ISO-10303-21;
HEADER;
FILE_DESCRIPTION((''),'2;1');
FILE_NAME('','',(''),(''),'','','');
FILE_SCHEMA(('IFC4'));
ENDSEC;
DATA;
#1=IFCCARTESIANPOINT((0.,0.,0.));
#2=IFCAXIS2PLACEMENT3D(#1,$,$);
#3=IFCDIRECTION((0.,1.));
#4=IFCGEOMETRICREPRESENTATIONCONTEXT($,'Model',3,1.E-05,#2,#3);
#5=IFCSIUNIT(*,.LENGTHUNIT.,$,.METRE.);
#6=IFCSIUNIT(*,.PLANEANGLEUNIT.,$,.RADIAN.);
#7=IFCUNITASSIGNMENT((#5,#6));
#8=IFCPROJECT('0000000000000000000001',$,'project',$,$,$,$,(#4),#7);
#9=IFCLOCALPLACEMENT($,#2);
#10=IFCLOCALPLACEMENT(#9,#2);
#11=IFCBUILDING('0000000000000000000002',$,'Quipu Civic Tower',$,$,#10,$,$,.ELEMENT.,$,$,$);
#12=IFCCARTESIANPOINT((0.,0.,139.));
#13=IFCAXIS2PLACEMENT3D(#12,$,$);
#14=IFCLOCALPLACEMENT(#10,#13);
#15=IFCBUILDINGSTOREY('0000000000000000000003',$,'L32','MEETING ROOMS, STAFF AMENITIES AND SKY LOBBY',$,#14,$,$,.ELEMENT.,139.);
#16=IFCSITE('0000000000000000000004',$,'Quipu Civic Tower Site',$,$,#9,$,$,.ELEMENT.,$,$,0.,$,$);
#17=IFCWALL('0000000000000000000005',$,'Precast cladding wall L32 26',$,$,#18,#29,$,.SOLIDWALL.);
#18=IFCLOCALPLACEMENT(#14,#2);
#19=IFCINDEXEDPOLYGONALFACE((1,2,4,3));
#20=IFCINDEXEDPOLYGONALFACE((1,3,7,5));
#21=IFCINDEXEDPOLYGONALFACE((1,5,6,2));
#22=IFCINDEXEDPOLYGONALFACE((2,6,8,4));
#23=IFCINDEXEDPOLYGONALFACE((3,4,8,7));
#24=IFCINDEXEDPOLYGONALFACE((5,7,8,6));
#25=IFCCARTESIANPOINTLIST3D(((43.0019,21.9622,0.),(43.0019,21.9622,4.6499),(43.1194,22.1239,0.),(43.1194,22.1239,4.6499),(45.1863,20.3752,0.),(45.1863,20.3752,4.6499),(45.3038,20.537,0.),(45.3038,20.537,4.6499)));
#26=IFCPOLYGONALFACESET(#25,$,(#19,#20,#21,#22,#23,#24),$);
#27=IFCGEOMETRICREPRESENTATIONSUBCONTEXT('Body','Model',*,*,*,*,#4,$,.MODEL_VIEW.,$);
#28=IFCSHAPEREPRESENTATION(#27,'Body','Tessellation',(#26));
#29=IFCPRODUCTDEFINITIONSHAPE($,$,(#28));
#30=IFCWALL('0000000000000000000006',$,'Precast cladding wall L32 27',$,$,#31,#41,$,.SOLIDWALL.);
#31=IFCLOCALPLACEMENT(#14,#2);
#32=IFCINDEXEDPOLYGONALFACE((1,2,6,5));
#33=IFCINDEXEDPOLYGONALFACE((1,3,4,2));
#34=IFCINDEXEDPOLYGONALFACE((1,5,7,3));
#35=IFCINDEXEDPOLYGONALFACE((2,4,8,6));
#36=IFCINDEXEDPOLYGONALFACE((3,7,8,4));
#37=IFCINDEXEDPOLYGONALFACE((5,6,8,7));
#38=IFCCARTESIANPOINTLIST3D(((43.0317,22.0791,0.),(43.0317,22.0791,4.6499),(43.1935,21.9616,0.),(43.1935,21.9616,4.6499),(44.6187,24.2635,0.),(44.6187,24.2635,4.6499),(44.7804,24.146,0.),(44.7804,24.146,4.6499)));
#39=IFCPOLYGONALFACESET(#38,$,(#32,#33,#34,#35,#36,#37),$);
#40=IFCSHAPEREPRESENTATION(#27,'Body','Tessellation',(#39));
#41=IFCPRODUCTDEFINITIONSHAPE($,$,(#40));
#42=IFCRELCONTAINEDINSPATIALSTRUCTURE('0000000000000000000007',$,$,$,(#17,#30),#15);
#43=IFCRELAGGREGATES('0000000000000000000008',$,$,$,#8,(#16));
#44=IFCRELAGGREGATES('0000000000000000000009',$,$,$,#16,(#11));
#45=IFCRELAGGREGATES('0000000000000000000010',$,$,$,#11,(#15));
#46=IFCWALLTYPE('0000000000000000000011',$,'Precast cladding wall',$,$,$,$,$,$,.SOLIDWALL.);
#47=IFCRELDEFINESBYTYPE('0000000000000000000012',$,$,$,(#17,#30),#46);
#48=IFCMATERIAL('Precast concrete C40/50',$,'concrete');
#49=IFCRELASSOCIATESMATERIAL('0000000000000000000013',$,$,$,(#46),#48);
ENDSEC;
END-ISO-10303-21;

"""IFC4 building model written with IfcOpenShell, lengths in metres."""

from ifc_helpers import new_model, si_unit, direction, frame, frame_2d, origin, place, context, subcontext, project, spatial, rectangle, extrude, material, type_object, element, save


model = new_model("IFC4")

# Units and contexts
model_context = context("Model", 3, precision=1e-05, world=origin(), true_north=direction((0.0, 1.0)))
body_context = subcontext(model_context, "Body", "Model", "MODEL_VIEW")
ifc_project = project(units=[si_unit("LENGTHUNIT", "METRE"), si_unit("PLANEANGLEUNIT", "RADIAN")], contexts=[model_context])

# Site, building, storey
site_placement = place(None, origin())
site = spatial("IfcSite", under=ifc_project, at=site_placement, Name="Quipu Civic Tower Site", CompositionType="ELEMENT", RefElevation=0.0)
building_placement = place(site_placement, origin())
building = spatial("IfcBuilding", under=site, at=building_placement, Name="Quipu Civic Tower", CompositionType="ELEMENT")
storey_placement = place(building_placement, frame((0.0, 0.0, 139.0)))
storey = spatial("IfcBuildingStorey", under=building, at=storey_placement, Name="L32", Description="MEETING ROOMS, STAFF AMENITIES AND SKY LOBBY", CompositionType="ELEMENT", Elevation=139.0)

# Walls
ifc_material_1 = material(Name="Precast concrete C40/50", Category="concrete")
wall_type_1 = type_object("IfcWallType", Name="Precast cladding wall", PredefinedType="SOLIDWALL", material=ifc_material_1)
for number, where, z_axis, x_axis, name in (
    (1, (45.2451, 20.4561, 0.0), (0.0, 0.0, 1.0), (-0.809033, 0.587763, 0.0), "Precast cladding wall L32 26"),
    (2, (43.1125, 22.0203, 0.0), (0.0, 0.0, 1.0), (0.587763, 0.809033, 0.0), "Precast cladding wall L32 27"),
):
    element("IfcWall", number, at=place(storey_placement, frame(where, z_axis=z_axis, x_axis=x_axis)), inside=storey, type_object=wall_type_1, Name=name, PredefinedType="SOLIDWALL", context=body_context, shape_type="SweptSolid", body=[
        extrude(rectangle(XDim=2.7, YDim=0.2, at=frame_2d((1.3501, 0.0))), origin(), (0.0, 0.0, 1.0), 4.6499),
    ])

save(model, "model.ifc")
